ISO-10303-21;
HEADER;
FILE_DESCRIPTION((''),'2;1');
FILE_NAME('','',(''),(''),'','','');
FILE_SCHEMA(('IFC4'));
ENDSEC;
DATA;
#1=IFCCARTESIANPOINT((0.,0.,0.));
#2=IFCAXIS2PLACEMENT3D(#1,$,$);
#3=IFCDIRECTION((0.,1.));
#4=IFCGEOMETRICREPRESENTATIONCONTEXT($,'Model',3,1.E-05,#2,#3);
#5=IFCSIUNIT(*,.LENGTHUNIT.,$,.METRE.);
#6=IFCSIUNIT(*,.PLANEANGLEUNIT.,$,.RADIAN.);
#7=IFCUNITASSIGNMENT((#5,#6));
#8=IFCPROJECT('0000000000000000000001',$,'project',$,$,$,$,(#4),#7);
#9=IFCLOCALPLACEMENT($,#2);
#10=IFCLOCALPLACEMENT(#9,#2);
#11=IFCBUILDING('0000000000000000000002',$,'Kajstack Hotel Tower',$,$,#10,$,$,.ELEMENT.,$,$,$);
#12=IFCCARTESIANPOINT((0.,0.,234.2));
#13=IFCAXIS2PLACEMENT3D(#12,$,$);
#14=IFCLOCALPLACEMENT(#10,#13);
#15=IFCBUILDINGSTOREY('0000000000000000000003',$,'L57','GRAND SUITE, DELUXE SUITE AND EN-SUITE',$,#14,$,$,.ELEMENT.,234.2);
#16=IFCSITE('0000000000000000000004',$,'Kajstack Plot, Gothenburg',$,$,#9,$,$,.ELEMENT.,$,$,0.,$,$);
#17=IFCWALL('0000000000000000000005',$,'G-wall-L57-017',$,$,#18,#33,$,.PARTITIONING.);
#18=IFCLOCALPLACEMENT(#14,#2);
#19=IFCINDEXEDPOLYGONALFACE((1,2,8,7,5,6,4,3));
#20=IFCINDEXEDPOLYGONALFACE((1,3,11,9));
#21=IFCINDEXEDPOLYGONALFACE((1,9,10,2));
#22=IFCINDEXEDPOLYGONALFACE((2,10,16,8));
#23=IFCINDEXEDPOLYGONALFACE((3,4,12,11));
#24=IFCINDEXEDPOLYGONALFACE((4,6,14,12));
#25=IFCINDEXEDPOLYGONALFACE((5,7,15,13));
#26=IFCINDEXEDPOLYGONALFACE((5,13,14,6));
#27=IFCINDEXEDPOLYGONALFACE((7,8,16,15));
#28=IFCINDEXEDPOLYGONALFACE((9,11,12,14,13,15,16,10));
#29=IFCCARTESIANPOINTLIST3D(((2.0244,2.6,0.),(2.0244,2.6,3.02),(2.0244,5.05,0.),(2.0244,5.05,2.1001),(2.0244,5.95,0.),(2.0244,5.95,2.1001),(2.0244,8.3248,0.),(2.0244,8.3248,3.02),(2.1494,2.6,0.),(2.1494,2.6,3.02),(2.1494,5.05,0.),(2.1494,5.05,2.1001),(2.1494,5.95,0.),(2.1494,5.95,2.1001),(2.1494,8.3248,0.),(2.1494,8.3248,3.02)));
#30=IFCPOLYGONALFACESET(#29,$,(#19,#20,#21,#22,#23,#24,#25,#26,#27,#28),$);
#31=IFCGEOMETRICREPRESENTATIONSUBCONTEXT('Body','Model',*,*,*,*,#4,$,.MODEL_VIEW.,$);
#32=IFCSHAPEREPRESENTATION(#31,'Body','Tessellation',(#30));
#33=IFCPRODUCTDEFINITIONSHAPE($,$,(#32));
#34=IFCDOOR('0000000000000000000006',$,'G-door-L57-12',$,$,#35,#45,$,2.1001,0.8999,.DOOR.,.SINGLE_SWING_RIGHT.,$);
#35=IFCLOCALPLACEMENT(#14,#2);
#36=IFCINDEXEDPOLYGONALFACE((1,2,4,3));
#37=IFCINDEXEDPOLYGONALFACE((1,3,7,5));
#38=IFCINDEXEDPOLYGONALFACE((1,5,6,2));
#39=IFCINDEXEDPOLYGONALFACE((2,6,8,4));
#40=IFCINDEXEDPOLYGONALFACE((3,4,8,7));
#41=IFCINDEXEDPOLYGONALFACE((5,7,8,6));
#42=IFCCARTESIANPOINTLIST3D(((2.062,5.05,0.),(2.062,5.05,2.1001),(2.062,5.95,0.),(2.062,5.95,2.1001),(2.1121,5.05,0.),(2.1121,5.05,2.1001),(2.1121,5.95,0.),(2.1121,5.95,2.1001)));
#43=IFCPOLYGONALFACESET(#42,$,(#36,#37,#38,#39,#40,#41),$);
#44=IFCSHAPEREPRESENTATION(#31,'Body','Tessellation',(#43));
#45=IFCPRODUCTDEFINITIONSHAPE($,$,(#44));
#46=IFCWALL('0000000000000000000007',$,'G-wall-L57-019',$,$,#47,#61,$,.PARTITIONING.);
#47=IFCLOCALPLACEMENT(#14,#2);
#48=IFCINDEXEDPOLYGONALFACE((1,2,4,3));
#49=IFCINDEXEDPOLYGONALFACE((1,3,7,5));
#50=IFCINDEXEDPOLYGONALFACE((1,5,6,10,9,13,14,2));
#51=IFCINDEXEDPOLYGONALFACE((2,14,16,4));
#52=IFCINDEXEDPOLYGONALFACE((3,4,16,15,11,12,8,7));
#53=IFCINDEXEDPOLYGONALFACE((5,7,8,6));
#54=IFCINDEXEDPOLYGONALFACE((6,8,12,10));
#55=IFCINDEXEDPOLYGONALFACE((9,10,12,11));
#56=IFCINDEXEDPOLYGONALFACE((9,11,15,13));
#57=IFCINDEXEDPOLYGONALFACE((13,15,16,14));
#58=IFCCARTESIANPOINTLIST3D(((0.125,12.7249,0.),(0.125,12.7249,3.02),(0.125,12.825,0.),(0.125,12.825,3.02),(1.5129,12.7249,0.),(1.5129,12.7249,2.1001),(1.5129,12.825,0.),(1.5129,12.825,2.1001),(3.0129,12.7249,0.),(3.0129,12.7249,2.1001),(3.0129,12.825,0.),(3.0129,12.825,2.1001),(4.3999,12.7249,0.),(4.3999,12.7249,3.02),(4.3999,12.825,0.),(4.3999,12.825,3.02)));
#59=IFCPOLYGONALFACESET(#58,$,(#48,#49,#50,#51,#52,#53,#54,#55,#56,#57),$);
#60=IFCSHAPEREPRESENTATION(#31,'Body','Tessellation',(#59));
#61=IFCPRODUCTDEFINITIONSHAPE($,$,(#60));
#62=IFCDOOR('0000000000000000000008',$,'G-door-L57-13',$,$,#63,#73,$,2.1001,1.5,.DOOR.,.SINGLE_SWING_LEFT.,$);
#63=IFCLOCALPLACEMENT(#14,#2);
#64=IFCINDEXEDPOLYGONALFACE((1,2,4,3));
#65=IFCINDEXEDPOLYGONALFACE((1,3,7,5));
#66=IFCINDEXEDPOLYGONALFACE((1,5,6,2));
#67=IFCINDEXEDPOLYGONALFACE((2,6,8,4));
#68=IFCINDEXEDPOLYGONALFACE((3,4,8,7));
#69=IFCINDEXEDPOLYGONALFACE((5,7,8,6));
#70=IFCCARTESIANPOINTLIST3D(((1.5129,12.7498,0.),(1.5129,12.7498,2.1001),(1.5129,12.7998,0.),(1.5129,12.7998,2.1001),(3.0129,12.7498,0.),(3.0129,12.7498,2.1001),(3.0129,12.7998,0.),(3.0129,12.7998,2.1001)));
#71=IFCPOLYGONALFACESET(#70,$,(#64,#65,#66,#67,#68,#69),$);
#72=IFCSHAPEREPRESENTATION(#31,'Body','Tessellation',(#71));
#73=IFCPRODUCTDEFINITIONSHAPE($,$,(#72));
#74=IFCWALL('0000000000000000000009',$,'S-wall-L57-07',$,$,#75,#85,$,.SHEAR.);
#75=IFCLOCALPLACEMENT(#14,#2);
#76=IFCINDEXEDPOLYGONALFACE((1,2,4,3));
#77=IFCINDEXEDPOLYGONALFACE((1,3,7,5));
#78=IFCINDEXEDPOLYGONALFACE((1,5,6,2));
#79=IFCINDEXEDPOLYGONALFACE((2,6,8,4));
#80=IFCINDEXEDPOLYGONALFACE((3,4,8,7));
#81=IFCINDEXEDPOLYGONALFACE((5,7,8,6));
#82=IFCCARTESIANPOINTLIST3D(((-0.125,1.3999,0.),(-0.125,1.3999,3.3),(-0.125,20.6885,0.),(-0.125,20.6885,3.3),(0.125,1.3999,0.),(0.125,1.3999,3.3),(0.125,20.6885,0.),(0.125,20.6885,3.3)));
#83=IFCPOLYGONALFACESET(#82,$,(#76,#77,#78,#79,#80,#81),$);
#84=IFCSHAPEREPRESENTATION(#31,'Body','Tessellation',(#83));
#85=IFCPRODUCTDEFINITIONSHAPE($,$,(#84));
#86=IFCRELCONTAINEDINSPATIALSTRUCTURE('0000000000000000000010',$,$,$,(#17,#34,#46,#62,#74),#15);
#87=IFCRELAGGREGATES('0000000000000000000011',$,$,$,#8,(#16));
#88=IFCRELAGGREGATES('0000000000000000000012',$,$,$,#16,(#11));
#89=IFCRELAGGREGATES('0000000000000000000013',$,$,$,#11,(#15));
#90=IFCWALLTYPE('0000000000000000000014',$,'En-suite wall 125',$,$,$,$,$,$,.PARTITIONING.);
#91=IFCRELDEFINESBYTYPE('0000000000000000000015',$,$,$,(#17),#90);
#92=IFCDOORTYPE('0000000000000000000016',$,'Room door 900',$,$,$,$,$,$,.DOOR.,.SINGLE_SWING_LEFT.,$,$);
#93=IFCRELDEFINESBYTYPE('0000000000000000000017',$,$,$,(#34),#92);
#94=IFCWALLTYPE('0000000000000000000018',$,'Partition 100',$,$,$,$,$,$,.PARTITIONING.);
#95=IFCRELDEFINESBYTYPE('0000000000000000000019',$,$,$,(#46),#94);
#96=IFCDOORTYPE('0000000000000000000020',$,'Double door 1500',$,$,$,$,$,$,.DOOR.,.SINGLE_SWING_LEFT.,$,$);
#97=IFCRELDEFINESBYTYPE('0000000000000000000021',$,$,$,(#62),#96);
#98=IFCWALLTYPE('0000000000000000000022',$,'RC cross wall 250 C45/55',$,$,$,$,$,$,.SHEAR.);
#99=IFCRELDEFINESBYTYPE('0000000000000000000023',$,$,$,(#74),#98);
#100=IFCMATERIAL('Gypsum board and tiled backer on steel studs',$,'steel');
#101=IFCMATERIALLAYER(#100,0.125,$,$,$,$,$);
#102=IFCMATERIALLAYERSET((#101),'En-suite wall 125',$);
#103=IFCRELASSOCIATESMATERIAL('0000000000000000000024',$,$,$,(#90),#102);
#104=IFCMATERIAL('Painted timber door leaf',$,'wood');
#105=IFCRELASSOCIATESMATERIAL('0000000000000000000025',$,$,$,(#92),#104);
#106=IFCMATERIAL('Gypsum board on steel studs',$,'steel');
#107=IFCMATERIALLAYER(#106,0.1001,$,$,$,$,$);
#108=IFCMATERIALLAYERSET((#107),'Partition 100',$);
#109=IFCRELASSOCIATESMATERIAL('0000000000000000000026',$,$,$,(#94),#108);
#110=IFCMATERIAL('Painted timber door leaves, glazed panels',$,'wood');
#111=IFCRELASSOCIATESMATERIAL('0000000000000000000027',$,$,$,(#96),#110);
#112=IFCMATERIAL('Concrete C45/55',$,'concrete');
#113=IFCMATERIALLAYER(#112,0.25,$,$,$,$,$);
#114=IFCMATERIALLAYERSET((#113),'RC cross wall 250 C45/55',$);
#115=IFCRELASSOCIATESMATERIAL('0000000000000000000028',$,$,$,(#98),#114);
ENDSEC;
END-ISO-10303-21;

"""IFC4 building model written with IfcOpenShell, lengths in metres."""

from ifc_helpers import new_model, si_unit, direction, frame, frame_2d, origin, place, context, subcontext, project, spatial, rectangle, extrude, material, layer, layer_set, type_object, element, fill, save


model = new_model("IFC4")

# Units and contexts
model_context = context("Model", 3, precision=1e-05, world=origin(), true_north=direction((0.0, 1.0)))
body_context = subcontext(model_context, "Body", "Model", "MODEL_VIEW")
ifc_project = project(units=[si_unit("LENGTHUNIT", "METRE"), si_unit("PLANEANGLEUNIT", "RADIAN")], contexts=[model_context])

# Site, building, storey
site_placement = place(None, origin())
site = spatial("IfcSite", under=ifc_project, at=site_placement, Name="Kajstack Plot, Gothenburg", CompositionType="ELEMENT", RefElevation=0.0)
building_placement = place(site_placement, origin())
building = spatial("IfcBuilding", under=site, at=building_placement, Name="Kajstack Hotel Tower", CompositionType="ELEMENT")
storey_placement = place(building_placement, frame((0.0, 0.0, 234.2)))
storey = spatial("IfcBuildingStorey", under=building, at=storey_placement, Name="L57", Description="GRAND SUITE, DELUXE SUITE AND EN-SUITE", CompositionType="ELEMENT", Elevation=234.2)

# Walls, openings, doors
ifc_material_1 = material(Name="Gypsum board and tiled backer on steel studs", Category="steel")
ifc_layer_1 = layer(ifc_material_1, 0.125)
ifc_layer_set_1 = layer_set([ifc_layer_1], Name="En-suite wall 125")
wall_type_1 = type_object("IfcWallType", Name="En-suite wall 125", PredefinedType="PARTITIONING", material=ifc_layer_set_1)
wall_1_placement = place(storey_placement, frame((2.0869, 2.6001, 0.0), z_axis=(0.0, 0.0, 1.0), x_axis=(0.0, 1.0, 0.0)))
wall_1 = element("IfcWall", 1, at=wall_1_placement, inside=storey, type_object=wall_type_1, Name="G-wall-L57-017", PredefinedType="PARTITIONING", context=body_context, shape_type="SweptSolid", body=[
    extrude(rectangle(XDim=5.7249, YDim=0.125, at=frame_2d((2.8623, 0.0))), origin(), (0.0, 0.0, 1.0), 3.02),
])
opening_1_placement = place(wall_1_placement, frame((2.45, 0.0, 0.0)))
opening_1 = element("IfcOpeningElement", 2, at=opening_1_placement, cuts=wall_1, PredefinedType="OPENING", context=body_context, shape_type="SweptSolid", body=[
    extrude(rectangle(XDim=0.8999, YDim=2.1001, at=frame_2d((0.45, 1.05))), frame((0.0, 0.0725, 0.0), z_axis=(0.0, -1.0, 0.0), x_axis=(1.0, 0.0, 0.0)), (0.0, 0.0, 1.0), 0.145),
])
ifc_material_2 = material(Name="Painted timber door leaf", Category="wood")
door_type_1 = type_object("IfcDoorType", Name="Room door 900", OperationType="SINGLE_SWING_LEFT", PredefinedType="DOOR", material=ifc_material_2)
door_1_placement = place(opening_1_placement, origin())
door_1 = element("IfcDoor", 3, at=door_1_placement, inside=storey, type_object=door_type_1, Name="G-door-L57-12", OperationType="SINGLE_SWING_RIGHT", OverallHeight=2.1001, OverallWidth=0.8999, PredefinedType="DOOR", context=body_context, shape_type="SweptSolid", body=[
    extrude(rectangle(XDim=0.8999, YDim=2.1001, at=frame_2d((0.45, 1.05))), frame((0.0, 0.0249, 0.0), z_axis=(0.0, -1.0, 0.0), x_axis=(1.0, 0.0, 0.0)), (0.0, 0.0, 1.0), 0.05),
])
fill(opening_1, door_1)
ifc_material_3 = material(Name="Gypsum board on steel studs", Category="steel")
ifc_layer_2 = layer(ifc_material_3, 0.1001)
ifc_layer_set_2 = layer_set([ifc_layer_2], Name="Partition 100")
wall_type_2 = type_object("IfcWallType", Name="Partition 100", PredefinedType="PARTITIONING", material=ifc_layer_set_2)
wall_2_placement = place(storey_placement, frame((0.125, 12.7749, 0.0), z_axis=(0.0, 0.0, 1.0), x_axis=(1.0, 0.0, 0.0)))
wall_2 = element("IfcWall", 4, at=wall_2_placement, inside=storey, type_object=wall_type_2, Name="G-wall-L57-019", PredefinedType="PARTITIONING", context=body_context, shape_type="SweptSolid", body=[
    extrude(rectangle(XDim=4.2749, YDim=0.1001, at=frame_2d((2.1375, 0.0))), origin(), (0.0, 0.0, 1.0), 3.02),
])
opening_2_placement = place(wall_2_placement, frame((1.3879, 0.0, 0.0)))
opening_2 = element("IfcOpeningElement", 5, at=opening_2_placement, cuts=wall_2, PredefinedType="OPENING", context=body_context, shape_type="SweptSolid", body=[
    extrude(rectangle(XDim=1.5, YDim=2.1001, at=frame_2d((0.75, 1.05))), frame((0.0, 0.0601, 0.0), z_axis=(0.0, -1.0, 0.0), x_axis=(1.0, 0.0, 0.0)), (0.0, 0.0, 1.0), 0.1201),
])
ifc_material_4 = material(Name="Painted timber door leaves, glazed panels", Category="wood")
door_type_2 = type_object("IfcDoorType", Name="Double door 1500", OperationType="SINGLE_SWING_LEFT", PredefinedType="DOOR", material=ifc_material_4)
door_2_placement = place(opening_2_placement, origin())
door_2 = element("IfcDoor", 6, at=door_2_placement, inside=storey, type_object=door_type_2, Name="G-door-L57-13", OperationType="SINGLE_SWING_LEFT", OverallHeight=2.1001, OverallWidth=1.5, PredefinedType="DOOR", context=body_context, shape_type="SweptSolid", body=[
    extrude(rectangle(XDim=1.5, YDim=2.1001, at=frame_2d((0.75, 1.05))), frame((0.0, 0.0249, 0.0), z_axis=(0.0, -1.0, 0.0), x_axis=(1.0, 0.0, 0.0)), (0.0, 0.0, 1.0), 0.05),
])
fill(opening_2, door_2)

# Wall
ifc_material_5 = material(Name="Concrete C45/55", Category="concrete")
ifc_layer_3 = layer(ifc_material_5, 0.25)
ifc_layer_set_3 = layer_set([ifc_layer_3], Name="RC cross wall 250 C45/55")
wall_type_3 = type_object("IfcWallType", Name="RC cross wall 250 C45/55", PredefinedType="SHEAR", material=ifc_layer_set_3)
wall_3_placement = place(storey_placement, frame((0.0, 1.3999, 0.0), z_axis=(0.0, 0.0, 1.0), x_axis=(0.0, 1.0, 0.0)))
element("IfcWall", 7, at=wall_3_placement, inside=storey, type_object=wall_type_3, Name="S-wall-L57-07", PredefinedType="SHEAR", context=body_context, shape_type="SweptSolid", body=[
    extrude(rectangle(XDim=19.2886, YDim=0.25, at=frame_2d((9.6443, 0.0))), origin(), (0.0, 0.0, 1.0), 3.3),
])

save(model, "model.ifc")
